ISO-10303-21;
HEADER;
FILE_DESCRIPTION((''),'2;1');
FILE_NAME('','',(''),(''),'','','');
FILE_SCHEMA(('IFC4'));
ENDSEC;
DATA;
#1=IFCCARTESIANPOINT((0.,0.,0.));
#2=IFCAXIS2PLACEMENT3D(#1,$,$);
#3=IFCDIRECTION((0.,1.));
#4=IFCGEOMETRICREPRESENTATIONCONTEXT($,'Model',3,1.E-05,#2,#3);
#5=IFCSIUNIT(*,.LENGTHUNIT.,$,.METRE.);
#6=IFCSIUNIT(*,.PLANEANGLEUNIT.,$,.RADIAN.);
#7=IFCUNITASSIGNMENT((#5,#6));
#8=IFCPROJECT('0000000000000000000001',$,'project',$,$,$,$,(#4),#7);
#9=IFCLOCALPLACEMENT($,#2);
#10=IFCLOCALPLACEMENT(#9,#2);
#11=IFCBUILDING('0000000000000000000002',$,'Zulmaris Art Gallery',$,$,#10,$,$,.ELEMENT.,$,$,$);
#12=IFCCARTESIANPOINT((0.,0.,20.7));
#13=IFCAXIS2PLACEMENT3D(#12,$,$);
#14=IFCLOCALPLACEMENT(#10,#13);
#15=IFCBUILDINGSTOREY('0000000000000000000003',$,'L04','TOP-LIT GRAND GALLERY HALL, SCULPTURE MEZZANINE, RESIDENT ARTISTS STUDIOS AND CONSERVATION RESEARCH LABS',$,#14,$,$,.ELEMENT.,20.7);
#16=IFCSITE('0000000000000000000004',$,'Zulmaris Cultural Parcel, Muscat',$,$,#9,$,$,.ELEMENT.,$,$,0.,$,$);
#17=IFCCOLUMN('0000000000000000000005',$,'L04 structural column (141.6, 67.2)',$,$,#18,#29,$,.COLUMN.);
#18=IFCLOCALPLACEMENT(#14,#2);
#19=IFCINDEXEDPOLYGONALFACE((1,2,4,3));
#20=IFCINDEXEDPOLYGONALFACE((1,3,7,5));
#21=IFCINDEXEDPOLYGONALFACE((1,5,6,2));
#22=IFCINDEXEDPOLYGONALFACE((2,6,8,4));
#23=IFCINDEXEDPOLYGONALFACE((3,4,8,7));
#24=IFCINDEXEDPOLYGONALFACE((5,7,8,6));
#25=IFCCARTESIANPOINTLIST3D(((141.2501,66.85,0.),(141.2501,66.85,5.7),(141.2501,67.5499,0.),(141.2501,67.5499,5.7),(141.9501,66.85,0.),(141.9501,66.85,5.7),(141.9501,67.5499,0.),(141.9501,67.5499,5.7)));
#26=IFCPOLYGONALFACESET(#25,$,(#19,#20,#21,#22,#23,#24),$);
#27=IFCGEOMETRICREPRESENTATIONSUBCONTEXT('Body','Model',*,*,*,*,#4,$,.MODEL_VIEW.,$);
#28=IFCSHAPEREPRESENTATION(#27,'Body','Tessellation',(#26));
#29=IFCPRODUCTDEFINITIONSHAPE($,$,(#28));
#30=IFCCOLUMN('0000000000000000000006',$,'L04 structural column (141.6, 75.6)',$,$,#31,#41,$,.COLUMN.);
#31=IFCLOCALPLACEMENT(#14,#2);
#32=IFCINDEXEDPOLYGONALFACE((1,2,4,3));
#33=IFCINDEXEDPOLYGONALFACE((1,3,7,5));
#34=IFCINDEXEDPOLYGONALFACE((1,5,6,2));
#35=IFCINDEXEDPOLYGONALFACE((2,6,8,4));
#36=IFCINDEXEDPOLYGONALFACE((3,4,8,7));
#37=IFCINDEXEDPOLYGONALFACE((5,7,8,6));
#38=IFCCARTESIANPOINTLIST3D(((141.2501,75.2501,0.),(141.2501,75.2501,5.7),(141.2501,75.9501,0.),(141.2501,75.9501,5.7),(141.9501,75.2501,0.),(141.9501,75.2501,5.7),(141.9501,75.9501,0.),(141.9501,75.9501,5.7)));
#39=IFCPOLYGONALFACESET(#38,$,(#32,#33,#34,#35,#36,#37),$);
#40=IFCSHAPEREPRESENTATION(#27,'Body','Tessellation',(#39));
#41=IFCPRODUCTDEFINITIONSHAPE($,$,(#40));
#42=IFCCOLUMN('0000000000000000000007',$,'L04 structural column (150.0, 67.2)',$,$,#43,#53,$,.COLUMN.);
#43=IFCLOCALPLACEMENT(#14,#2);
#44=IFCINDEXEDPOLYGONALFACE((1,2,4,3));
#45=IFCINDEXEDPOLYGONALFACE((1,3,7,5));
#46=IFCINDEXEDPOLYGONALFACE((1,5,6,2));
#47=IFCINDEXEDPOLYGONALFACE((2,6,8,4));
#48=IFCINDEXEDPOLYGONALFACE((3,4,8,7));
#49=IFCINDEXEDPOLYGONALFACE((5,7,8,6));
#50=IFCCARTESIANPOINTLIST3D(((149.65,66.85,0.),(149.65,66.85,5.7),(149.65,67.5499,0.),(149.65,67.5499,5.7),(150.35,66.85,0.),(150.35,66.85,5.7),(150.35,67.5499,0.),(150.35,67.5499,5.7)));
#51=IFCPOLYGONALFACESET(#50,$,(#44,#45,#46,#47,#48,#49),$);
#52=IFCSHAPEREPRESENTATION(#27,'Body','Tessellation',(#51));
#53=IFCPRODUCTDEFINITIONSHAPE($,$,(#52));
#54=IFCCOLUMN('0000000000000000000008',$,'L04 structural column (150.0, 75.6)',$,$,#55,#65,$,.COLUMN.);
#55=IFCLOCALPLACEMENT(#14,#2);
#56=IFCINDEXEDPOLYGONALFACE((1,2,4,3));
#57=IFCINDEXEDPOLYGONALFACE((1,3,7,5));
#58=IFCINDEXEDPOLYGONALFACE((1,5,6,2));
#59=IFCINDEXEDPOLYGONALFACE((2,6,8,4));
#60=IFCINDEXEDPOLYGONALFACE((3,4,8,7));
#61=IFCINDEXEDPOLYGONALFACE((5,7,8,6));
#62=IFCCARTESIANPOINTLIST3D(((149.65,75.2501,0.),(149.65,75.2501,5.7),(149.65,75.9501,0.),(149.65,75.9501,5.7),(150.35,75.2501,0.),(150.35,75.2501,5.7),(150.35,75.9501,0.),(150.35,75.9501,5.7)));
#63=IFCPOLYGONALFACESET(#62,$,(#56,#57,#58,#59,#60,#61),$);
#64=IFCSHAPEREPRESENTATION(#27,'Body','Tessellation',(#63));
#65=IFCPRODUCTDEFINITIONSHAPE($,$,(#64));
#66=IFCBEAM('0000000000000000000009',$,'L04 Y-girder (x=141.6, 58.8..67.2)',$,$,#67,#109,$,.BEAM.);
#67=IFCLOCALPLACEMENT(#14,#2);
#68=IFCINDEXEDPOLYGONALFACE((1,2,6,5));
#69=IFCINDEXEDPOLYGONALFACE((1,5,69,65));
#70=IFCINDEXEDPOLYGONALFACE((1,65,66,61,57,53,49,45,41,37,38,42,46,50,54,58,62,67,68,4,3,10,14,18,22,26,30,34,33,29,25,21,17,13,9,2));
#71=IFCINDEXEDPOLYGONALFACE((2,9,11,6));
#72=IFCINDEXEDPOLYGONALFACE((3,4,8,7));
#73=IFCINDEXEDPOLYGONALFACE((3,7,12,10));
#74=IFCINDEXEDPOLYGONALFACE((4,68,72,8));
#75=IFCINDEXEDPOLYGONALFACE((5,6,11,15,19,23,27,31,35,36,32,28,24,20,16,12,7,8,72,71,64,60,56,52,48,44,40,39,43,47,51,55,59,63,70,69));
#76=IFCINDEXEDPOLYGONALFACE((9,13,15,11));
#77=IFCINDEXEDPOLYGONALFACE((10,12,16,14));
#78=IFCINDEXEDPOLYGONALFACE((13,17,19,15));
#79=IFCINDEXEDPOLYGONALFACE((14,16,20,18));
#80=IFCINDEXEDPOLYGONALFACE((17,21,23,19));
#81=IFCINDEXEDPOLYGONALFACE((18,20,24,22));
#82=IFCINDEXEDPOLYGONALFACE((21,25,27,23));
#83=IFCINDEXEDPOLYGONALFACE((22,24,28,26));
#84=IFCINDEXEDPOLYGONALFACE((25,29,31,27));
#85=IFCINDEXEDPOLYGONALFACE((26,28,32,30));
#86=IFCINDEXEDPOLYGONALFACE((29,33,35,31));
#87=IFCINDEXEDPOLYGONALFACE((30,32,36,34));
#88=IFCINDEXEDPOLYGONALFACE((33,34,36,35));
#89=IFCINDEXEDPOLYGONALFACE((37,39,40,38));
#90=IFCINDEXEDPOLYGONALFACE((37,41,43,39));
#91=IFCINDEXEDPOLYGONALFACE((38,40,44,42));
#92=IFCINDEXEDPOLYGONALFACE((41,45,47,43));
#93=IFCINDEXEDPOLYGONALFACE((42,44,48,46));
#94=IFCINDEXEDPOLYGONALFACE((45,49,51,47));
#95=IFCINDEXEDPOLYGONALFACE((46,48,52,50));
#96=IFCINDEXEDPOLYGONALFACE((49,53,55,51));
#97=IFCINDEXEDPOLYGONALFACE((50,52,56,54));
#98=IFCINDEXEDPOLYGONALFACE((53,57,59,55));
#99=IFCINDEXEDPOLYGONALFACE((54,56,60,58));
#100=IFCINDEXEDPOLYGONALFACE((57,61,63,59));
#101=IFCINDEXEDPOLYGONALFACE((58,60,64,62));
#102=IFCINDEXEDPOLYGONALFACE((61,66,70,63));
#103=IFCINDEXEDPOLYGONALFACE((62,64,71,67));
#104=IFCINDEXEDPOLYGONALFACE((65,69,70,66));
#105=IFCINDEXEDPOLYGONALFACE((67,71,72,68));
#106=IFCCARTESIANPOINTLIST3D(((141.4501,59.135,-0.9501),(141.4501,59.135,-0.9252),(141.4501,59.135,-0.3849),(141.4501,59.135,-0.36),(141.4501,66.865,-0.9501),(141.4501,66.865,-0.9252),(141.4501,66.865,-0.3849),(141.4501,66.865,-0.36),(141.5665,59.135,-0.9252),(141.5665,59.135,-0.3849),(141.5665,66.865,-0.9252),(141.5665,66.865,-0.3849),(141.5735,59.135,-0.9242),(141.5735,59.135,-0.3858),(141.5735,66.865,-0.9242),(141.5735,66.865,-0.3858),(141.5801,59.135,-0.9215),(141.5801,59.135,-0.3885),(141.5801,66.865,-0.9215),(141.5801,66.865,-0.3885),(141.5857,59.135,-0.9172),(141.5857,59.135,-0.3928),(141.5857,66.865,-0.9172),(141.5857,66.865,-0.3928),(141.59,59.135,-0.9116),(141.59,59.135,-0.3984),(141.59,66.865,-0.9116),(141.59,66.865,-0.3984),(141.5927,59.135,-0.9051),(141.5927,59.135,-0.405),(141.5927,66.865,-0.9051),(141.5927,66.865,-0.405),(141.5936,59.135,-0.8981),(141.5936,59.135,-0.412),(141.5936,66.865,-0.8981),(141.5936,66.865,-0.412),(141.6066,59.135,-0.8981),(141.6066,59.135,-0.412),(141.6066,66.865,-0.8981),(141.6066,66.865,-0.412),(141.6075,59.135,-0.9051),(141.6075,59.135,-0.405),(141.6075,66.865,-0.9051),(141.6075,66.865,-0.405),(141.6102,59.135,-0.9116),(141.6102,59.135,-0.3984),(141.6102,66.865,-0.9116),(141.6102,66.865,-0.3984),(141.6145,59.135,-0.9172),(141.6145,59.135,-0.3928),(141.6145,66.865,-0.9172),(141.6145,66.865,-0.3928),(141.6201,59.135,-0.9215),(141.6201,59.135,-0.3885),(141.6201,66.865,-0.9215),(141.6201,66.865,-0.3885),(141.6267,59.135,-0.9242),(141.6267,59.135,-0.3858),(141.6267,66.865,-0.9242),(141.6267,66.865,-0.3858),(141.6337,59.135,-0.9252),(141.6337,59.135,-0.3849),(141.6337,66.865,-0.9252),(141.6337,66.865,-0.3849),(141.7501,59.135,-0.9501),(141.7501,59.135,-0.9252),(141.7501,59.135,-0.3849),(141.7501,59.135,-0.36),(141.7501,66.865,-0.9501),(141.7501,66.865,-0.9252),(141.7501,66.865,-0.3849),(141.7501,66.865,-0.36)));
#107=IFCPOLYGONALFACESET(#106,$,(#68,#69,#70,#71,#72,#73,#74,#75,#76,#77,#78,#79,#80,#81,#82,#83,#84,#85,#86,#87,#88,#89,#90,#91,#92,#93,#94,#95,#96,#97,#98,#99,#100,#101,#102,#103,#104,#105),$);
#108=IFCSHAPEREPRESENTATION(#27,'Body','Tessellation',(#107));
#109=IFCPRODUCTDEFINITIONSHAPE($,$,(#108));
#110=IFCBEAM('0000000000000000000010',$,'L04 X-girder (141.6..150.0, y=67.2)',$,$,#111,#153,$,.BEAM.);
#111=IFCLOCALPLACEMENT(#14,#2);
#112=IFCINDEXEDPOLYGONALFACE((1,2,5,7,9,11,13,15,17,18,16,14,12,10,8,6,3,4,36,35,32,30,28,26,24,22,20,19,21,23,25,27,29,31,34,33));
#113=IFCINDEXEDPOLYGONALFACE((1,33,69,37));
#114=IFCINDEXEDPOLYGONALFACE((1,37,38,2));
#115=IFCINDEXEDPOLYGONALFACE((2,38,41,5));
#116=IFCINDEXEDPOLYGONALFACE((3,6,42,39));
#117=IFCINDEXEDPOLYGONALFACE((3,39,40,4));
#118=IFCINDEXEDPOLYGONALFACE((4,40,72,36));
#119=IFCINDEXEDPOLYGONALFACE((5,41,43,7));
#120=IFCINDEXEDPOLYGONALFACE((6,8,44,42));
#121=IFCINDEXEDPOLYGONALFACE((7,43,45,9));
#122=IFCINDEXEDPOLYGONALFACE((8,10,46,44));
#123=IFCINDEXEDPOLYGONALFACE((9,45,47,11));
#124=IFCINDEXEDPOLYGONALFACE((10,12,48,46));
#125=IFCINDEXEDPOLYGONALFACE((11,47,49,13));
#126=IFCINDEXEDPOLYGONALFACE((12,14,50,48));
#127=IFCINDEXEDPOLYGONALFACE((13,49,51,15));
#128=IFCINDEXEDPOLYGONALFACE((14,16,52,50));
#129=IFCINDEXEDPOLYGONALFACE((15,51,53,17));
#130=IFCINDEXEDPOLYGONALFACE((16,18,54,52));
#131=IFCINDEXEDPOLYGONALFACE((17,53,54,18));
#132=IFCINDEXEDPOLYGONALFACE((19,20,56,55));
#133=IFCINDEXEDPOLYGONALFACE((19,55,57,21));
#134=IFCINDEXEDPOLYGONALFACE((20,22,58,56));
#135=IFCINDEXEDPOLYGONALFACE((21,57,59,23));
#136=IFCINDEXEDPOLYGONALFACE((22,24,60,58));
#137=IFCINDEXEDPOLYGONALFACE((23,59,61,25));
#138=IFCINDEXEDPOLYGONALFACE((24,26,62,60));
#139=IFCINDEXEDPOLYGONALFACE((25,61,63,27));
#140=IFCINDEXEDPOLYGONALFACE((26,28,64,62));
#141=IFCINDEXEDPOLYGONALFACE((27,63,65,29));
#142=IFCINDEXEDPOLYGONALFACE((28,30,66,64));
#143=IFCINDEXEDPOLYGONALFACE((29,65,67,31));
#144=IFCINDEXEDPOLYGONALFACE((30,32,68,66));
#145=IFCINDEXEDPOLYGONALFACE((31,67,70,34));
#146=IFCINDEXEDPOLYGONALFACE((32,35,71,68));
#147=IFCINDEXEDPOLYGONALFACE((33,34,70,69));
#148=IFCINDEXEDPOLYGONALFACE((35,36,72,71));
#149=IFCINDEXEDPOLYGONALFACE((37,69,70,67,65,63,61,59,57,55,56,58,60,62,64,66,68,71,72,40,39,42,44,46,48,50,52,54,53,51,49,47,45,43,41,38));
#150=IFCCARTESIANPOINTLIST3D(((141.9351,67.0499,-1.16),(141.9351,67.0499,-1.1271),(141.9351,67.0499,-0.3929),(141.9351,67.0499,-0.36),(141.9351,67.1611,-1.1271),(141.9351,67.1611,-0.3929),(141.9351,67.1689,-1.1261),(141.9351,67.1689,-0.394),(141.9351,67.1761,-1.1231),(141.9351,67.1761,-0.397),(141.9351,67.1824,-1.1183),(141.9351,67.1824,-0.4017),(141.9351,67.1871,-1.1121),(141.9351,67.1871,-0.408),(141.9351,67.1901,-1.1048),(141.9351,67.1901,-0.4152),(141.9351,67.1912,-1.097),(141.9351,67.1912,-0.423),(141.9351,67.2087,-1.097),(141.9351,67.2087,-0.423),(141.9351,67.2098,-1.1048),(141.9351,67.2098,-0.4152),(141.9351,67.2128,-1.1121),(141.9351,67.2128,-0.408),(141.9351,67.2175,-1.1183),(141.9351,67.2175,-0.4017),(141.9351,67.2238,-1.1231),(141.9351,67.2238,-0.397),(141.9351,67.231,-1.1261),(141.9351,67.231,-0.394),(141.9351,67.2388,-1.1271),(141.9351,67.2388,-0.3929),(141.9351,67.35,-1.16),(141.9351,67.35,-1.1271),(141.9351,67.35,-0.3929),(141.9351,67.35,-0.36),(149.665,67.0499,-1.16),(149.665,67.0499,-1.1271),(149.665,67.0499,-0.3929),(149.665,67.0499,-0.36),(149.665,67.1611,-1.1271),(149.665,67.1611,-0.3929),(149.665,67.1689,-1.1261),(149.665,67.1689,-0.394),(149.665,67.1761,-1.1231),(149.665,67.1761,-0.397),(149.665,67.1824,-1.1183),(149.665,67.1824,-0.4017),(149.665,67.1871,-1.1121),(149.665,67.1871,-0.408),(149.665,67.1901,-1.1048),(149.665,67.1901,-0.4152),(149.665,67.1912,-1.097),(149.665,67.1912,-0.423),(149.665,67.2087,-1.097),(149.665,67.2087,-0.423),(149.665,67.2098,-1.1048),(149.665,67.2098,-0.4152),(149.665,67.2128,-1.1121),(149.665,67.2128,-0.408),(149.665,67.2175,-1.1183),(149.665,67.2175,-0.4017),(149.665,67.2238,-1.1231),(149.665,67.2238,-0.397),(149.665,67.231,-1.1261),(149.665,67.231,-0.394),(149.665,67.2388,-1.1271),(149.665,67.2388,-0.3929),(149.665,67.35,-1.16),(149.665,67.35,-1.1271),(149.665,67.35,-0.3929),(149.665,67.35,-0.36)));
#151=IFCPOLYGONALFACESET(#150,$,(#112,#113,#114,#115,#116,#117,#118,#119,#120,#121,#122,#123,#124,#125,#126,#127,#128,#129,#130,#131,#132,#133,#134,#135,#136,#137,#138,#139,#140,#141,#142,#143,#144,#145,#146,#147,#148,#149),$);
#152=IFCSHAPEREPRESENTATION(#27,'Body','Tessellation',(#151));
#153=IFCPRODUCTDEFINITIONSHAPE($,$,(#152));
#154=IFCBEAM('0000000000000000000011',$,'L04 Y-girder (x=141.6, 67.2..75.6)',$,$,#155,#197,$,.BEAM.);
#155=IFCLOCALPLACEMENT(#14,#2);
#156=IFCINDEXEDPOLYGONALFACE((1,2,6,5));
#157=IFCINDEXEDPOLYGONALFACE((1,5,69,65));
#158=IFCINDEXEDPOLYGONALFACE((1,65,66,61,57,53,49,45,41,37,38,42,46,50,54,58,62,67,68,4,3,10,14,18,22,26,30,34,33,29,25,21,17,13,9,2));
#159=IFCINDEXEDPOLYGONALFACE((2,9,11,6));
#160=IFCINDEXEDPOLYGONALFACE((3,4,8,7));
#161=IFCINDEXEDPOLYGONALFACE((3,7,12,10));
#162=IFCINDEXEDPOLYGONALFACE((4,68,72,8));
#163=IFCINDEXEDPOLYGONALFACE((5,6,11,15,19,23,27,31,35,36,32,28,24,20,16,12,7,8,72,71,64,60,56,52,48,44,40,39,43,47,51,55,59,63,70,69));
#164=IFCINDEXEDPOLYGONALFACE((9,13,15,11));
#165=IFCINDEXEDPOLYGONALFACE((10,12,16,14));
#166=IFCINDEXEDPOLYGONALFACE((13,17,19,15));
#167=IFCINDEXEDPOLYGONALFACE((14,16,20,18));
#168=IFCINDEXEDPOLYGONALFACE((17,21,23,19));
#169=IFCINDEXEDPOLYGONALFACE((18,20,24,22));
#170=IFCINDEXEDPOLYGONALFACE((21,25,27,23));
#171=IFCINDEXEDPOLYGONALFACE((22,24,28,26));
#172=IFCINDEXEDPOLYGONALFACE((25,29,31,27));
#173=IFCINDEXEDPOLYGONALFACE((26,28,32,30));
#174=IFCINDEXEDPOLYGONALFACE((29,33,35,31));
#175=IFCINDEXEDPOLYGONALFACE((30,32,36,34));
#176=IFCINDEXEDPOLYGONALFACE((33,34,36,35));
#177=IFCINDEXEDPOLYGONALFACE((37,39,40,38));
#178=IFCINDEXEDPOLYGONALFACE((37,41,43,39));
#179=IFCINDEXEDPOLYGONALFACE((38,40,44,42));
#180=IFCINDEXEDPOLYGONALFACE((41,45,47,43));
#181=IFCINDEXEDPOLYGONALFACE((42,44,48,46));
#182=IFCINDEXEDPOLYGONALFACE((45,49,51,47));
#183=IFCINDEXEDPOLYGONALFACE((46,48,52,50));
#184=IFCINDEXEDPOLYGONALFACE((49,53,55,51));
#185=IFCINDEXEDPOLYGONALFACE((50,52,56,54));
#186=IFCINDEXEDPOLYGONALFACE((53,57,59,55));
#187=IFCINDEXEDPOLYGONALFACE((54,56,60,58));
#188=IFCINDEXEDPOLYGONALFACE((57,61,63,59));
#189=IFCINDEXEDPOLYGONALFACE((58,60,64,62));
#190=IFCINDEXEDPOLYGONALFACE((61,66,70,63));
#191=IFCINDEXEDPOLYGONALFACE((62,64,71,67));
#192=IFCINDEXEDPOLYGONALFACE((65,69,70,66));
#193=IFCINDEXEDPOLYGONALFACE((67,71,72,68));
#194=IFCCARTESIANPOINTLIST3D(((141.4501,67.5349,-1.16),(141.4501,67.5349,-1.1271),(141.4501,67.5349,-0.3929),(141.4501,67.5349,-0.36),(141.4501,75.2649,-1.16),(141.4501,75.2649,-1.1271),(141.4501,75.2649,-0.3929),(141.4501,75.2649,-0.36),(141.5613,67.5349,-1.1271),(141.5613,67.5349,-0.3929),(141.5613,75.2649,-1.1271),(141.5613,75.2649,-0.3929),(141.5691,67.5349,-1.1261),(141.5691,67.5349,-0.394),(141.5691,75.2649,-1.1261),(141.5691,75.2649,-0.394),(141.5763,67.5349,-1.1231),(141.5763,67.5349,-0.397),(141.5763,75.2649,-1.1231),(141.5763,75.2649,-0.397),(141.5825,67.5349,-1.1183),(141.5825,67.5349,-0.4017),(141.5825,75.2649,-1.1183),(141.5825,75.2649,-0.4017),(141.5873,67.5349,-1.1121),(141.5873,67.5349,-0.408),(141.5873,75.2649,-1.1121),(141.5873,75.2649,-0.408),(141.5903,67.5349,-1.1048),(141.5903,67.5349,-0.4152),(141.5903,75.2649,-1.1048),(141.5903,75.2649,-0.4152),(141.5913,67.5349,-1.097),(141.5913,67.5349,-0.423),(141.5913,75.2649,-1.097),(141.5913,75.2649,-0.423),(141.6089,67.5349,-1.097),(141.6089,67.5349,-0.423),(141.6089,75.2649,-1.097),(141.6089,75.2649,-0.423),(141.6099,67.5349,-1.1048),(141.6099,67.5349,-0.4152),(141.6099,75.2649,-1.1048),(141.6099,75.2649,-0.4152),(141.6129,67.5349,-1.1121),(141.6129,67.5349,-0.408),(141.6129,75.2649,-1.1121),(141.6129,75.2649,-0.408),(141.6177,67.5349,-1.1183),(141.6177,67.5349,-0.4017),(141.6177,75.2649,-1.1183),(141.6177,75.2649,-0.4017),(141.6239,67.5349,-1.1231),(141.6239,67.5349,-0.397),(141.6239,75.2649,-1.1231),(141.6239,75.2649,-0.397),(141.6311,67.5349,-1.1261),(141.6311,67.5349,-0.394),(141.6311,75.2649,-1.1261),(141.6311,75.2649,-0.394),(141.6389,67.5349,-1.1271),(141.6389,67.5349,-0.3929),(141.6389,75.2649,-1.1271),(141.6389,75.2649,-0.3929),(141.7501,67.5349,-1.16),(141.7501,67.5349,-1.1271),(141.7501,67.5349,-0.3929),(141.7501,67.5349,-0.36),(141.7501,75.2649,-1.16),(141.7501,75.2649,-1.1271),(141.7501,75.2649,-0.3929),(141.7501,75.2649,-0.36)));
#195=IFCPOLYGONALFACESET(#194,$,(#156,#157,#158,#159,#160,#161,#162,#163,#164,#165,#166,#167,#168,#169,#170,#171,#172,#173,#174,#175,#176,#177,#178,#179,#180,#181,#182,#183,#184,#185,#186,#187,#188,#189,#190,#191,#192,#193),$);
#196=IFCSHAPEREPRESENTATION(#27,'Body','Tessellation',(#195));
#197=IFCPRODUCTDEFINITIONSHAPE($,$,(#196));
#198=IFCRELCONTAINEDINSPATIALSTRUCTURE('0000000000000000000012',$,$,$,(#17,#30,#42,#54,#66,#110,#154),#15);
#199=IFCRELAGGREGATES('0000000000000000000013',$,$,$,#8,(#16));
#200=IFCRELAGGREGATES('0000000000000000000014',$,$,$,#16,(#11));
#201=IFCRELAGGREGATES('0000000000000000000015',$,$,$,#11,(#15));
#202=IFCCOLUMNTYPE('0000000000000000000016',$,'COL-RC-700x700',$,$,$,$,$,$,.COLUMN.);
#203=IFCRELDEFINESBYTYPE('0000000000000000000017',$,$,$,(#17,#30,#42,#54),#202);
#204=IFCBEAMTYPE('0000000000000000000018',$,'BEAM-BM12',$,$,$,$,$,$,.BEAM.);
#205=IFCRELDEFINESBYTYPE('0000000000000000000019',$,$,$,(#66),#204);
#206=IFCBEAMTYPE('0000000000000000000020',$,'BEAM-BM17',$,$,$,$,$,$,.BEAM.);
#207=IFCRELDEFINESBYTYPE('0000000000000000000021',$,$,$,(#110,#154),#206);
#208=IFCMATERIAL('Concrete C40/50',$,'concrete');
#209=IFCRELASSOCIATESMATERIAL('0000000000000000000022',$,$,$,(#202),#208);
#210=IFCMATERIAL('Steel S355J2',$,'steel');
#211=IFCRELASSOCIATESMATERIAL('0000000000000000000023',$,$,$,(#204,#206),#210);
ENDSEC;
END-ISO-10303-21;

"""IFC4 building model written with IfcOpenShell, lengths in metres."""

from ifc_helpers import new_model, si_unit, direction, frame, origin, origin_2d, place, context, subcontext, project, spatial, rectangle, i_section, extrude, material, material_profile, profile_set, type_object, element, save


model = new_model("IFC4")

# Units and contexts
model_context = context("Model", 3, precision=1e-05, world=origin(), true_north=direction((0.0, 1.0)))
body_context = subcontext(model_context, "Body", "Model", "MODEL_VIEW")
ifc_project = project(units=[si_unit("LENGTHUNIT", "METRE"), si_unit("PLANEANGLEUNIT", "RADIAN")], contexts=[model_context])

# Site, building, storey
site_placement = place(None, origin())
site = spatial("IfcSite", under=ifc_project, at=site_placement, Name="Zulmaris Cultural Parcel, Muscat", CompositionType="ELEMENT", RefElevation=0.0)
building_placement = place(site_placement, origin())
building = spatial("IfcBuilding", under=site, at=building_placement, Name="Zulmaris Art Gallery", CompositionType="ELEMENT")
storey_placement = place(building_placement, frame((0.0, 0.0, 20.7)))
storey = spatial("IfcBuildingStorey", under=building, at=storey_placement, Name="L04", Description="TOP-LIT GRAND GALLERY HALL, SCULPTURE MEZZANINE, RESIDENT ARTISTS STUDIOS AND CONSERVATION RESEARCH LABS", CompositionType="ELEMENT", Elevation=20.7)

# Columns
ifc_material_1 = material(Name="Concrete C40/50", Category="concrete")
ifc_material_profile_1 = material_profile(ifc_material_1, rectangle(XDim=0.7, YDim=0.7, at=origin_2d()), Name="RC 700x700")
ifc_profile_set_1 = profile_set([ifc_material_profile_1], Name="Concrete C40/50")
column_type = type_object("IfcColumnType", Name="COL-RC-700x700", PredefinedType="COLUMN", material=ifc_profile_set_1)
for number, where, z_axis, x_axis, name in (
    (1, (141.6001, 67.2, 0.0), (0.0, 0.0, 1.0), (1.0, 0.0, 0.0), "L04 structural column (141.6, 67.2)"),
    (2, (141.6001, 75.6001, 0.0), (0.0, 0.0, 1.0), (1.0, 0.0, 0.0), "L04 structural column (141.6, 75.6)"),
    (3, (150.0, 67.2, 0.0), (0.0, 0.0, 1.0), (1.0, 0.0, 0.0), "L04 structural column (150.0, 67.2)"),
    (4, (150.0, 75.6001, 0.0), (0.0, 0.0, 1.0), (1.0, 0.0, 0.0), "L04 structural column (150.0, 75.6)"),
):
    element("IfcColumn", number, at=place(storey_placement, frame(where, z_axis=z_axis, x_axis=x_axis)), inside=storey, type_object=column_type, Name=name, PredefinedType="COLUMN", context=body_context, shape_type="SweptSolid", body=[
        extrude(rectangle(XDim=0.7, YDim=0.7, at=origin_2d()), origin(), (0.0, 0.0, 1.0), 5.7),
    ])

# Beams
ifc_material_2 = material(Name="Steel S355J2", Category="steel")
ifc_material_profile_2 = material_profile(ifc_material_2, i_section(OverallWidth=0.3, OverallDepth=0.5901, WebThickness=0.0129, FlangeThickness=0.0249, FilletRadius=0.0271, at=origin_2d()), Name="HEA 600")
ifc_profile_set_2 = profile_set([ifc_material_profile_2], Name="Steel S355J2")
beam_type_1 = type_object("IfcBeamType", Name="BEAM-BM12", PredefinedType="BEAM", material=ifc_profile_set_2)
beam_1_placement = place(storey_placement, frame((141.6001, 59.135, -0.655), z_axis=(0.0, 1.0, 0.0), x_axis=(-1.0, 0.0, 0.0)))
element("IfcBeam", 5, at=beam_1_placement, inside=storey, type_object=beam_type_1, Name="L04 Y-girder (x=141.6, 58.8..67.2)", PredefinedType="BEAM", context=body_context, shape_type="SweptSolid", body=[
    extrude(i_section(OverallWidth=0.3, OverallDepth=0.5901, WebThickness=0.0129, FlangeThickness=0.0249, FilletRadius=0.0271, at=origin_2d()), origin(), (0.0, 0.0, 1.0), 7.73),
])
ifc_material_profile_3 = material_profile(ifc_material_2, i_section(OverallWidth=0.3, OverallDepth=0.8, WebThickness=0.0176, FlangeThickness=0.033, FilletRadius=0.03, at=origin_2d()), Name="HEB 800")
ifc_profile_set_3 = profile_set([ifc_material_profile_3], Name="Steel S355J2")
beam_type_2 = type_object("IfcBeamType", Name="BEAM-BM17", PredefinedType="BEAM", material=ifc_profile_set_3)
for number, where, z_axis, x_axis, name in (
    (6, (141.9351, 67.2, -0.76), (1.0, 0.0, 0.0), (0.0, 1.0, 0.0), "L04 X-girder (141.6..150.0, y=67.2)"),
    (7, (141.6001, 67.5349, -0.76), (0.0, 1.0, 0.0), (-1.0, 0.0, 0.0), "L04 Y-girder (x=141.6, 67.2..75.6)"),
):
    element("IfcBeam", number, at=place(storey_placement, frame(where, z_axis=z_axis, x_axis=x_axis)), inside=storey, type_object=beam_type_2, Name=name, PredefinedType="BEAM", context=body_context, shape_type="SweptSolid", body=[
        extrude(i_section(OverallWidth=0.3, OverallDepth=0.8, WebThickness=0.0176, FlangeThickness=0.033, FilletRadius=0.03, at=origin_2d()), origin(), (0.0, 0.0, 1.0), 7.73),
    ])

save(model, "model.ifc")
